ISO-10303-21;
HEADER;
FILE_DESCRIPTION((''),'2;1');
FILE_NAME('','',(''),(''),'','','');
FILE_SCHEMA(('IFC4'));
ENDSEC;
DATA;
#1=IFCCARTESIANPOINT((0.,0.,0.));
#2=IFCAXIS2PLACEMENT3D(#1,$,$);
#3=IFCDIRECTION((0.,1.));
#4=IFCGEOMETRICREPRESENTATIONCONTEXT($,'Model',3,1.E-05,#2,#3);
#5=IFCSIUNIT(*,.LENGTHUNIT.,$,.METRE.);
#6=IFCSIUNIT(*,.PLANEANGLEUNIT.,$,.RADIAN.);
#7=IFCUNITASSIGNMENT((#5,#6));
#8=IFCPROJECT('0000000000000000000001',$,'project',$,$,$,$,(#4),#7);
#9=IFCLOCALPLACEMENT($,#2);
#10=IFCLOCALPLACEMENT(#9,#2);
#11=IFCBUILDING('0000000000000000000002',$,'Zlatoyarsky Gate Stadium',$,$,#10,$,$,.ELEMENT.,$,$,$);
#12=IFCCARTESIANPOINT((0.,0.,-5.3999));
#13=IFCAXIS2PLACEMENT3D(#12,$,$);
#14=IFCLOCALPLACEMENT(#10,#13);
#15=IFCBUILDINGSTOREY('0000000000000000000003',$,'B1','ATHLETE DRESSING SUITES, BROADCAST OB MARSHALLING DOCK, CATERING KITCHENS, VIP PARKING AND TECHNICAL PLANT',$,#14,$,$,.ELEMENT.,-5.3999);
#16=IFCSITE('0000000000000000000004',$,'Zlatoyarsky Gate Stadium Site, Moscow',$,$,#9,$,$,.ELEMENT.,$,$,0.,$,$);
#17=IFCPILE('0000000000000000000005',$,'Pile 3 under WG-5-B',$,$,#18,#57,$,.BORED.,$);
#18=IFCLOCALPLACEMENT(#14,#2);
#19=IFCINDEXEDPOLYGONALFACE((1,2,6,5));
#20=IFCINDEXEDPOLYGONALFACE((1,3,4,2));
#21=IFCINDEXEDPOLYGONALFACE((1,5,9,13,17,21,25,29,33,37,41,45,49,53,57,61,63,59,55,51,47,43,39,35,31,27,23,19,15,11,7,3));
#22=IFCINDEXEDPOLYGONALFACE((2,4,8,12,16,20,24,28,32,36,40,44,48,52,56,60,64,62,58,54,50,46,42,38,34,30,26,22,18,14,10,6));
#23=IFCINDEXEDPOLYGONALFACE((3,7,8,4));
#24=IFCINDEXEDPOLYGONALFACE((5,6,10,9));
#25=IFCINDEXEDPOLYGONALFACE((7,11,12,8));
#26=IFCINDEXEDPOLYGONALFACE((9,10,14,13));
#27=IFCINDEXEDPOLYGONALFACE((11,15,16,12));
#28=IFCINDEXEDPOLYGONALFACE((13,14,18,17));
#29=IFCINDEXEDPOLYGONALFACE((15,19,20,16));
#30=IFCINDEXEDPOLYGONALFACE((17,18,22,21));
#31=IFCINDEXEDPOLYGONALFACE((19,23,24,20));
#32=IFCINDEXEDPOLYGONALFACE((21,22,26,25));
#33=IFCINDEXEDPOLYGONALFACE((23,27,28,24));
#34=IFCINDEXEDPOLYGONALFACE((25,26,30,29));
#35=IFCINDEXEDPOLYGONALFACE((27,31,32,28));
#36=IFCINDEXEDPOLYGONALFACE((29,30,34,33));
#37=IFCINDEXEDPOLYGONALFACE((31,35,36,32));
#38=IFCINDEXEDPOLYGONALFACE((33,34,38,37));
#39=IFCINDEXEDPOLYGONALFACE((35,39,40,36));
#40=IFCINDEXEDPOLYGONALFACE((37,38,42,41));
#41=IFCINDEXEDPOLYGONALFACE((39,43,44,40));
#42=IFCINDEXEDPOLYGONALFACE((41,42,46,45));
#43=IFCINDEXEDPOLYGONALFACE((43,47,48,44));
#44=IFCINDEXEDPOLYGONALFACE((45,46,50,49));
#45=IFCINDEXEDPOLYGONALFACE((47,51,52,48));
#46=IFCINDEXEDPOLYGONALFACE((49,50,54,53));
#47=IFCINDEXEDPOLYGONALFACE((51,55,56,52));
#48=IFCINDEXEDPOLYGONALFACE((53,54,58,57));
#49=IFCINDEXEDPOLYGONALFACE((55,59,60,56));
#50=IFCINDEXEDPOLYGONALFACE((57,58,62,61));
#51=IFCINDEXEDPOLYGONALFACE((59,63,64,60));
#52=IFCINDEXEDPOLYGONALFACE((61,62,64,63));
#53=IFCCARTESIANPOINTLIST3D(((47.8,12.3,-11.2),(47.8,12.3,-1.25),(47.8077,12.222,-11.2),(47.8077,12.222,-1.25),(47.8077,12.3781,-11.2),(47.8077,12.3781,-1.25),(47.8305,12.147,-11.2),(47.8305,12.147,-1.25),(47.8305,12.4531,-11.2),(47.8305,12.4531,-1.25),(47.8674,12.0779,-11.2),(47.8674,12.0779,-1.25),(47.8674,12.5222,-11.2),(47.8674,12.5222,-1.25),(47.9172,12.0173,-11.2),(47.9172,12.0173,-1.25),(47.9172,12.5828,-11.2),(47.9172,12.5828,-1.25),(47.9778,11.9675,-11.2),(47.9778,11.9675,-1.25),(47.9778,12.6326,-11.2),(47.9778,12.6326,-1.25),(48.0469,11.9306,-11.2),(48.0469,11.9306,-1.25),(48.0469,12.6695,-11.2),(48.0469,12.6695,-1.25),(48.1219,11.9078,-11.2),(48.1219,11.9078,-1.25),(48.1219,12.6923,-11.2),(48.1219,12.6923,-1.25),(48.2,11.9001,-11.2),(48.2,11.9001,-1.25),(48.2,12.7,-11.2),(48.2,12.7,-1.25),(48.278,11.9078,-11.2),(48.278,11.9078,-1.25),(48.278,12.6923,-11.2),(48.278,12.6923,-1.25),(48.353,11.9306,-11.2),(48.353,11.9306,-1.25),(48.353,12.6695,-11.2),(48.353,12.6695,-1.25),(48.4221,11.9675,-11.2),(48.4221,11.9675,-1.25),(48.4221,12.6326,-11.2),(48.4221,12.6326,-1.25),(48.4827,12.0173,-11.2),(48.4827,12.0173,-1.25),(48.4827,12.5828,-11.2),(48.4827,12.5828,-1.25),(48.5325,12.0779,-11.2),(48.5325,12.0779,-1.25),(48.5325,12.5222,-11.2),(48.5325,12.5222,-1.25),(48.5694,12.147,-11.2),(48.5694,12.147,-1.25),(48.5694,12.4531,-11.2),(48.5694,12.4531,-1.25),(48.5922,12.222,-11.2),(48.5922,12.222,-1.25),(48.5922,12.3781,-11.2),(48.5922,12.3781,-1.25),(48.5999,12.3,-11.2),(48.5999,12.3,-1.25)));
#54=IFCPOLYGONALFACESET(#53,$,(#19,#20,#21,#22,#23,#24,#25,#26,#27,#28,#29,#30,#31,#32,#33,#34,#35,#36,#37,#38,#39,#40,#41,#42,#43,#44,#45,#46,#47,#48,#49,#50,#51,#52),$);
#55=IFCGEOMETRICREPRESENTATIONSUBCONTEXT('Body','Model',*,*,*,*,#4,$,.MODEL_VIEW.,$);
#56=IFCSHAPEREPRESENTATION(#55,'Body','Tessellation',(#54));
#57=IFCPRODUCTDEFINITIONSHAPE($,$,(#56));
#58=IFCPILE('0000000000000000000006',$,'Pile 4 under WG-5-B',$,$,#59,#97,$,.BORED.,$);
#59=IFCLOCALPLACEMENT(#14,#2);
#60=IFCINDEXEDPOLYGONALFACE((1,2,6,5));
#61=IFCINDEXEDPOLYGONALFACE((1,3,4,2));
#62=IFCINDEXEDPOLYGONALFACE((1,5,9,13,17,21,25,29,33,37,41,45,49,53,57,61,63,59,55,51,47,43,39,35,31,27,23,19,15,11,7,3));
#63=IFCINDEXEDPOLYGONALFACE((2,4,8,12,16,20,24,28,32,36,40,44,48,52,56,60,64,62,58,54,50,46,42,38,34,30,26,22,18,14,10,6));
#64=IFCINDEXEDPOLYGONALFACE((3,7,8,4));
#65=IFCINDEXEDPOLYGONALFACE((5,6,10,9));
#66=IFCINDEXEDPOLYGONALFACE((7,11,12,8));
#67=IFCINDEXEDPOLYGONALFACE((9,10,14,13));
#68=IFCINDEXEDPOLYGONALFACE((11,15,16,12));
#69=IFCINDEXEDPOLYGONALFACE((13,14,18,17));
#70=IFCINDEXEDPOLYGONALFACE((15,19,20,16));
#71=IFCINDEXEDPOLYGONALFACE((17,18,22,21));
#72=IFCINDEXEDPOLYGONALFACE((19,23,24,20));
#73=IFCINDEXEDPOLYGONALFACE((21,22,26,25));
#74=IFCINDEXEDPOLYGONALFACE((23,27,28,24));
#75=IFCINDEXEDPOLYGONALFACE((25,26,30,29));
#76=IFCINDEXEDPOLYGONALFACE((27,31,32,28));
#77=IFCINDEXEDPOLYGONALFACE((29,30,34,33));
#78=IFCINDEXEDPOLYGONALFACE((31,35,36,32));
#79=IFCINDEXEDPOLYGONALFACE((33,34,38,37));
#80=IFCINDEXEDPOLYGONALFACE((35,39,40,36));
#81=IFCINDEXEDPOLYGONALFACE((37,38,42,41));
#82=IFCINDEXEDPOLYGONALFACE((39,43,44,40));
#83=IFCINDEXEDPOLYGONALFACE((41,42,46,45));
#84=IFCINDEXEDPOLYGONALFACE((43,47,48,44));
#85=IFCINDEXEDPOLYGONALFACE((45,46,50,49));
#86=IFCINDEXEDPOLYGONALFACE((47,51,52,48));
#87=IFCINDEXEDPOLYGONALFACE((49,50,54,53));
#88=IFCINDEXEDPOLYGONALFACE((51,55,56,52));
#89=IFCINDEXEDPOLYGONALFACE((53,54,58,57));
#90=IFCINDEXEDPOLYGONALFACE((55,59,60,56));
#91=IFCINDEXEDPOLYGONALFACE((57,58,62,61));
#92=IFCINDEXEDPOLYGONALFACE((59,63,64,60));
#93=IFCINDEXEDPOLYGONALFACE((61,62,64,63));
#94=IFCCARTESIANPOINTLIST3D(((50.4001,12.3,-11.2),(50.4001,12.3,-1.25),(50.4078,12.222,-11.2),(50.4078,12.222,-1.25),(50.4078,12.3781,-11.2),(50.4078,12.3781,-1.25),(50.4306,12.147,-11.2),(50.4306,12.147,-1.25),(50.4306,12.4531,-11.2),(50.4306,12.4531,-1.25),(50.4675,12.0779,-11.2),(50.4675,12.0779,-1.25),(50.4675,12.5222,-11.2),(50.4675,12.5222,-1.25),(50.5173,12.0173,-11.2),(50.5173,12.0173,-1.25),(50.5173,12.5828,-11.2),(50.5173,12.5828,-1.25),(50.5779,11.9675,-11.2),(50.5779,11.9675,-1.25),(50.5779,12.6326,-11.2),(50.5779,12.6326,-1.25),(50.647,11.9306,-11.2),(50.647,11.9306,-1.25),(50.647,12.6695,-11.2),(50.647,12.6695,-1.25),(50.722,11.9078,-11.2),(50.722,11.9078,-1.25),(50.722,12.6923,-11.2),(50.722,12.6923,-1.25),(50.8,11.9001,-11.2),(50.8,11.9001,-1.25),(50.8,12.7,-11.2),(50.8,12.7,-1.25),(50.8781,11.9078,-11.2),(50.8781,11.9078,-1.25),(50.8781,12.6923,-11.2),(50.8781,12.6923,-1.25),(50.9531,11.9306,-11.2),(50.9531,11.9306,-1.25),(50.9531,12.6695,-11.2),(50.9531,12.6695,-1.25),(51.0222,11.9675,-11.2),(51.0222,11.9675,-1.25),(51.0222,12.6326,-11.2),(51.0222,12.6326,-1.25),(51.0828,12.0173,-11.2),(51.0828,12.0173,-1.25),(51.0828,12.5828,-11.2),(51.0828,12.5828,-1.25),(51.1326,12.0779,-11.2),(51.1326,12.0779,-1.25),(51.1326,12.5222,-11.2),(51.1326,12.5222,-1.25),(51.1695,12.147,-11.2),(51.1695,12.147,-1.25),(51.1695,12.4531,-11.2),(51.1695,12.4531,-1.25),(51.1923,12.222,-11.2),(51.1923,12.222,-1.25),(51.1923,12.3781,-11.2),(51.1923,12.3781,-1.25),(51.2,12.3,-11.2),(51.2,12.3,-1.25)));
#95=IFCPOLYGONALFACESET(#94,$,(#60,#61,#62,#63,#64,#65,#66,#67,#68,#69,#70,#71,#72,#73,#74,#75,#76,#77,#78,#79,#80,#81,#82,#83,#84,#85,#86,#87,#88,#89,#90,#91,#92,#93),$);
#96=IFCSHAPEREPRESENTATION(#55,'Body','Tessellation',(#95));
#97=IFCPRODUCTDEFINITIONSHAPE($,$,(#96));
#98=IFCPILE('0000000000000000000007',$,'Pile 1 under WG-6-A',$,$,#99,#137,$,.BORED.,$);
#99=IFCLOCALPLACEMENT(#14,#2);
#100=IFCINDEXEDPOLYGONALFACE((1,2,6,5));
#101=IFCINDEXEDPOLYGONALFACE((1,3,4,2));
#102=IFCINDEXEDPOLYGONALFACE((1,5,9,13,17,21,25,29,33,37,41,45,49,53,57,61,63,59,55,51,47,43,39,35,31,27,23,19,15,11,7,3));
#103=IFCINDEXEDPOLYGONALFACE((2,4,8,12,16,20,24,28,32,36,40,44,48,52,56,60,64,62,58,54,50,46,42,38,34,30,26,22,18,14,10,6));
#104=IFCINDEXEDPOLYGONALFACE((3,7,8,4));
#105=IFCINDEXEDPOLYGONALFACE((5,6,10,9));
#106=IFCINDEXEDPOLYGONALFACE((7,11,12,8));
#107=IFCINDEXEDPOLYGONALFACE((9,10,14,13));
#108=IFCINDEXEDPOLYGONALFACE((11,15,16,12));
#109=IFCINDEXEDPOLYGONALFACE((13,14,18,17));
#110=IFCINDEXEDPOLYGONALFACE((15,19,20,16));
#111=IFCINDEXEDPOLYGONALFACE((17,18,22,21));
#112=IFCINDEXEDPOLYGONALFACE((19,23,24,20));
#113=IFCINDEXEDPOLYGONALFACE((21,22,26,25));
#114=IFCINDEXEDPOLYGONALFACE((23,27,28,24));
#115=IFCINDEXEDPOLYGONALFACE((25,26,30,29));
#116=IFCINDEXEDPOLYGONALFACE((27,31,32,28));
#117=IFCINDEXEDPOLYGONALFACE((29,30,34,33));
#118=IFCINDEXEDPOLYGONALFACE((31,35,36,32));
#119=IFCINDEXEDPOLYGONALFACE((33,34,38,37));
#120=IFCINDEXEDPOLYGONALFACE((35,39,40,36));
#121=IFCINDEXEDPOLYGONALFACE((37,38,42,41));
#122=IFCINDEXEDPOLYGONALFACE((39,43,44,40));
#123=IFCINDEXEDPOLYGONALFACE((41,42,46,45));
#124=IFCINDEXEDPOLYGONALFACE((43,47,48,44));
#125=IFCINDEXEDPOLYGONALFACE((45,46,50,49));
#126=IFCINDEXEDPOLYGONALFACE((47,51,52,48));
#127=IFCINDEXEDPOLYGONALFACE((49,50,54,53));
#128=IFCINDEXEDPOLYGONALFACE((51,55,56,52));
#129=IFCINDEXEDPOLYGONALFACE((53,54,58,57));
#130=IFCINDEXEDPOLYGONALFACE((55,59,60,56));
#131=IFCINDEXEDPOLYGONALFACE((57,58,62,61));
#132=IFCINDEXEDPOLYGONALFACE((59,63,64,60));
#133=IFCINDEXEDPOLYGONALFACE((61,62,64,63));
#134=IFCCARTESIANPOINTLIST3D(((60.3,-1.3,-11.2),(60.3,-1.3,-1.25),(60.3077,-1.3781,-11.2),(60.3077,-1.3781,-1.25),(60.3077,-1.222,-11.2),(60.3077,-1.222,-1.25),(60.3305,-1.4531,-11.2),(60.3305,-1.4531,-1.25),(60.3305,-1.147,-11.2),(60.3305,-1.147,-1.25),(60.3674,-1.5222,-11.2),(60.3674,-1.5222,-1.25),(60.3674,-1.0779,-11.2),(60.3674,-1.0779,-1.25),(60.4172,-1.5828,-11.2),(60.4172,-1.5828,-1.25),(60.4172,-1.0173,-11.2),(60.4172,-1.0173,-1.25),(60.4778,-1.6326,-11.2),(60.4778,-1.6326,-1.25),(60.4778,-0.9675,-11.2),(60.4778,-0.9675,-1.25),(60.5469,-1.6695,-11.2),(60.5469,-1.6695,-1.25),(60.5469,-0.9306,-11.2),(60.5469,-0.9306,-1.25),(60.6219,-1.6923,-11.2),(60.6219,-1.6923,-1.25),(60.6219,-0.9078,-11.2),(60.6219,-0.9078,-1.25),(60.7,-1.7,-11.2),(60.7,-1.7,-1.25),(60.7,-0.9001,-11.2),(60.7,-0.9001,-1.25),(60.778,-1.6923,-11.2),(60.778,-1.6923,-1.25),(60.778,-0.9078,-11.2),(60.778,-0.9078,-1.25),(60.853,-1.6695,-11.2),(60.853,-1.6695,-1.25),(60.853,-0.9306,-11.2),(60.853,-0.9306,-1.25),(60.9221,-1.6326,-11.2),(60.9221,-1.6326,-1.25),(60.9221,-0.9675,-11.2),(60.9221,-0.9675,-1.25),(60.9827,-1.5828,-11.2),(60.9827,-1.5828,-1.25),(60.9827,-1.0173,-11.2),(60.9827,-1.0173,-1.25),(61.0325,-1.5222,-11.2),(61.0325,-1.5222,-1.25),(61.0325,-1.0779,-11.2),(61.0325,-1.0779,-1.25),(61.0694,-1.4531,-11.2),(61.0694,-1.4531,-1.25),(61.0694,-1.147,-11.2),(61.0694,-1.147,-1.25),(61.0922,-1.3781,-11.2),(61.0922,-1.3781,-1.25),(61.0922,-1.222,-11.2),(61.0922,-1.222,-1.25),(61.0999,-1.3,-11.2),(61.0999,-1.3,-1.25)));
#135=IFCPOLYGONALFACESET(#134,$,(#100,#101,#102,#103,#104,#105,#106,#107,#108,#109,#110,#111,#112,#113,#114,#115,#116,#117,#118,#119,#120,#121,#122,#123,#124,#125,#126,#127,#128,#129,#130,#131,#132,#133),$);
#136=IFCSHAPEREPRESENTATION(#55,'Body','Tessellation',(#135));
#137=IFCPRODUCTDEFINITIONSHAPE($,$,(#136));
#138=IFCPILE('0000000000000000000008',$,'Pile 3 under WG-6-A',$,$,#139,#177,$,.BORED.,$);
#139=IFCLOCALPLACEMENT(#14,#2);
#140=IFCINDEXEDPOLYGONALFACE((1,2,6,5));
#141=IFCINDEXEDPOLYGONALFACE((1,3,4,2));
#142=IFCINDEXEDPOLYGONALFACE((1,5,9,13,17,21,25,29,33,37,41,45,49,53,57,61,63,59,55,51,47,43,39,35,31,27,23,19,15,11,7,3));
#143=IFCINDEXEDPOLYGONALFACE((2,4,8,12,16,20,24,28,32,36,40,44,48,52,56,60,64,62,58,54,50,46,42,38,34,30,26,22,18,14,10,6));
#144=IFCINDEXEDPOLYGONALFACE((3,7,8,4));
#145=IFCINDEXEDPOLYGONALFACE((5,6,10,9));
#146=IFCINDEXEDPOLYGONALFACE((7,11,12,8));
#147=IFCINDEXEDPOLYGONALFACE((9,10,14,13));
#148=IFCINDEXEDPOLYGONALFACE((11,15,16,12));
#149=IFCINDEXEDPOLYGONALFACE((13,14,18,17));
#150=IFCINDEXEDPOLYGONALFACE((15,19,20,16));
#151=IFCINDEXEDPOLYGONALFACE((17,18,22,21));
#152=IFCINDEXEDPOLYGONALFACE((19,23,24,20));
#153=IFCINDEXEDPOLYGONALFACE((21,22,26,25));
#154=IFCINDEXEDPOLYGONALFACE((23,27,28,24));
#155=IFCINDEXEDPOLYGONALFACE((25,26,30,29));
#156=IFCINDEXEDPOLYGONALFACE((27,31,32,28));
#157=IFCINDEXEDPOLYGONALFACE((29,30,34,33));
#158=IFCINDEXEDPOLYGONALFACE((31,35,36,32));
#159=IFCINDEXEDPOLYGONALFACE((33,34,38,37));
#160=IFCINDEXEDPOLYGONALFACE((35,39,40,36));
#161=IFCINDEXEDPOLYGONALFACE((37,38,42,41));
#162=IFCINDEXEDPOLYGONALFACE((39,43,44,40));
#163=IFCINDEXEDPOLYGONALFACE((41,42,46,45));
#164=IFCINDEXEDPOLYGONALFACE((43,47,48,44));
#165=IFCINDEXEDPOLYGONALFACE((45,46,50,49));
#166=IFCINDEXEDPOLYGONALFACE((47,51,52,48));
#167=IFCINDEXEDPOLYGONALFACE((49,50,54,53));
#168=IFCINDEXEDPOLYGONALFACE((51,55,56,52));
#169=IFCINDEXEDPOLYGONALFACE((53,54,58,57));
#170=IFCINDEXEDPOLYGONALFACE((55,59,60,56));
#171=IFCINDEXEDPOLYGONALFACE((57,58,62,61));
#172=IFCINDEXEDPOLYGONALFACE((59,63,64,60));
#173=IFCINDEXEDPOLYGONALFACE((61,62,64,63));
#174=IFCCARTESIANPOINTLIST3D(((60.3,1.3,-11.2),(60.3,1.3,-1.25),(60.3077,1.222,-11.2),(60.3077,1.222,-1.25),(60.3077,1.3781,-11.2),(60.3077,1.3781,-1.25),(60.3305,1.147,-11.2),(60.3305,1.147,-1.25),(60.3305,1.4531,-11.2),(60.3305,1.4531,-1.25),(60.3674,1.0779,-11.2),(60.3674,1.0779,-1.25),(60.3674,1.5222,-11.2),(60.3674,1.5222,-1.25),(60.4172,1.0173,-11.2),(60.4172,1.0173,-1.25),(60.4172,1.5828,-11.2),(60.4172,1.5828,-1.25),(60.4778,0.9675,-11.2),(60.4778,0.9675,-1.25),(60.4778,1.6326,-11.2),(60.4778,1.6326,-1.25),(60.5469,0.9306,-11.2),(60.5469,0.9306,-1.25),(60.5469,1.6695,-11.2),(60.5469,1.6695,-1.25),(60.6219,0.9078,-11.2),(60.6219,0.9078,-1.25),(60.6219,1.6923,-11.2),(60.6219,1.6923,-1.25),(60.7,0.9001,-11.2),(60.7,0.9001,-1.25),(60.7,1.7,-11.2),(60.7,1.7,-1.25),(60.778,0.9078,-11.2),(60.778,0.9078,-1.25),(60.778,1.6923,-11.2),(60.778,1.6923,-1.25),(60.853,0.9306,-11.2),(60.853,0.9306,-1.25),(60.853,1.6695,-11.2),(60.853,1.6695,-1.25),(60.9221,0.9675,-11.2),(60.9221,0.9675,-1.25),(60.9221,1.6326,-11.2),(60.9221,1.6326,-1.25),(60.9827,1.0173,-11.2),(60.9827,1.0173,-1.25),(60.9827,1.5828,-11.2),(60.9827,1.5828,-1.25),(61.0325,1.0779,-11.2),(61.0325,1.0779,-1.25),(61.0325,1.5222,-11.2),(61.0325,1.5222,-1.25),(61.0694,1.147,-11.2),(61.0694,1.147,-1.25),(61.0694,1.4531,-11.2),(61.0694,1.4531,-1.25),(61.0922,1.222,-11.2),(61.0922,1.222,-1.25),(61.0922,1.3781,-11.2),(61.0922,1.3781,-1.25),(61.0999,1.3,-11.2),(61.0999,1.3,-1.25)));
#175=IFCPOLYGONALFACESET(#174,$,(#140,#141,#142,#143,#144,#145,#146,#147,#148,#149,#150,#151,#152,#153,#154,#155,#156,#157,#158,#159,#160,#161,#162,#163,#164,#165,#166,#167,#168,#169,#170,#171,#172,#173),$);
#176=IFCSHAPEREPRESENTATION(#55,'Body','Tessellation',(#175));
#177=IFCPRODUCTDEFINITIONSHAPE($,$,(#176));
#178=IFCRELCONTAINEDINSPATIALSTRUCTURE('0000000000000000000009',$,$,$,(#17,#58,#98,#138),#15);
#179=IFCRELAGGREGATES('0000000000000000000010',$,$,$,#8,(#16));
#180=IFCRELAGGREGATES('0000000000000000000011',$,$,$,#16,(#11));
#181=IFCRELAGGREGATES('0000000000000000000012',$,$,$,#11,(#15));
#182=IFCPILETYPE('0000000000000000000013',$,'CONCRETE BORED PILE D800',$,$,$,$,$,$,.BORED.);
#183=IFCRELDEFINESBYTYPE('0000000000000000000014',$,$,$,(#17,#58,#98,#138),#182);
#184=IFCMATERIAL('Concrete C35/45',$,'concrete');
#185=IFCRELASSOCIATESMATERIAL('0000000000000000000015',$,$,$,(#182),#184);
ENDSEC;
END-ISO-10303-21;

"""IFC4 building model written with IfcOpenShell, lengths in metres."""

from ifc_helpers import new_model, si_unit, direction, frame, origin, origin_2d, place, context, subcontext, project, spatial, circle, extrude, material, material_profile, profile_set, type_object, element, save


model = new_model("IFC4")

# Units and contexts
model_context = context("Model", 3, precision=1e-05, world=origin(), true_north=direction((0.0, 1.0)))
body_context = subcontext(model_context, "Body", "Model", "MODEL_VIEW")
ifc_project = project(units=[si_unit("LENGTHUNIT", "METRE"), si_unit("PLANEANGLEUNIT", "RADIAN")], contexts=[model_context])

# Site, building, storey
site_placement = place(None, origin())
site = spatial("IfcSite", under=ifc_project, at=site_placement, Name="Zlatoyarsky Gate Stadium Site, Moscow", CompositionType="ELEMENT", RefElevation=0.0)
building_placement = place(site_placement, origin())
building = spatial("IfcBuilding", under=site, at=building_placement, Name="Zlatoyarsky Gate Stadium", CompositionType="ELEMENT")
storey_placement = place(building_placement, frame((0.0, 0.0, -5.3999)))
storey = spatial("IfcBuildingStorey", under=building, at=storey_placement, Name="B1", Description="ATHLETE DRESSING SUITES, BROADCAST OB MARSHALLING DOCK, CATERING KITCHENS, VIP PARKING AND TECHNICAL PLANT", CompositionType="ELEMENT", Elevation=-5.3999)

# Piles
ifc_material_1 = material(Name="Concrete C35/45", Category="concrete")
ifc_material_profile_1 = material_profile(ifc_material_1, circle(Radius=0.3999, at=origin_2d()), Name="BORED PILE D800")
ifc_profile_set_1 = profile_set([ifc_material_profile_1], Name="Concrete C35/45")
pile_type_1 = type_object("IfcPileType", Name="CONCRETE BORED PILE D800", PredefinedType="BORED", material=ifc_profile_set_1)
for number, where, z_axis, x_axis, name in (
    (1, (48.2, 12.3, -1.25), (0.0, 0.0, -1.0), (1.0, 0.0, 0.0), "Pile 3 under WG-5-B"),
    (2, (50.8, 12.3, -1.25), (0.0, 0.0, -1.0), (1.0, 0.0, 0.0), "Pile 4 under WG-5-B"),
    (3, (60.7, -1.3, -1.25), (0.0, 0.0, -1.0), (1.0, 0.0, 0.0), "Pile 1 under WG-6-A"),
    (4, (60.7, 1.3, -1.25), (0.0, 0.0, -1.0), (1.0, 0.0, 0.0), "Pile 3 under WG-6-A"),
):
    element("IfcPile", number, at=place(storey_placement, frame(where, z_axis=z_axis, x_axis=x_axis)), inside=storey, type_object=pile_type_1, Name=name, PredefinedType="BORED", context=body_context, shape_type="SweptSolid", body=[
        extrude(circle(Radius=0.3999, at=origin_2d()), origin(), (0.0, 0.0, 1.0), 9.95),
    ])

save(model, "model.ifc")
